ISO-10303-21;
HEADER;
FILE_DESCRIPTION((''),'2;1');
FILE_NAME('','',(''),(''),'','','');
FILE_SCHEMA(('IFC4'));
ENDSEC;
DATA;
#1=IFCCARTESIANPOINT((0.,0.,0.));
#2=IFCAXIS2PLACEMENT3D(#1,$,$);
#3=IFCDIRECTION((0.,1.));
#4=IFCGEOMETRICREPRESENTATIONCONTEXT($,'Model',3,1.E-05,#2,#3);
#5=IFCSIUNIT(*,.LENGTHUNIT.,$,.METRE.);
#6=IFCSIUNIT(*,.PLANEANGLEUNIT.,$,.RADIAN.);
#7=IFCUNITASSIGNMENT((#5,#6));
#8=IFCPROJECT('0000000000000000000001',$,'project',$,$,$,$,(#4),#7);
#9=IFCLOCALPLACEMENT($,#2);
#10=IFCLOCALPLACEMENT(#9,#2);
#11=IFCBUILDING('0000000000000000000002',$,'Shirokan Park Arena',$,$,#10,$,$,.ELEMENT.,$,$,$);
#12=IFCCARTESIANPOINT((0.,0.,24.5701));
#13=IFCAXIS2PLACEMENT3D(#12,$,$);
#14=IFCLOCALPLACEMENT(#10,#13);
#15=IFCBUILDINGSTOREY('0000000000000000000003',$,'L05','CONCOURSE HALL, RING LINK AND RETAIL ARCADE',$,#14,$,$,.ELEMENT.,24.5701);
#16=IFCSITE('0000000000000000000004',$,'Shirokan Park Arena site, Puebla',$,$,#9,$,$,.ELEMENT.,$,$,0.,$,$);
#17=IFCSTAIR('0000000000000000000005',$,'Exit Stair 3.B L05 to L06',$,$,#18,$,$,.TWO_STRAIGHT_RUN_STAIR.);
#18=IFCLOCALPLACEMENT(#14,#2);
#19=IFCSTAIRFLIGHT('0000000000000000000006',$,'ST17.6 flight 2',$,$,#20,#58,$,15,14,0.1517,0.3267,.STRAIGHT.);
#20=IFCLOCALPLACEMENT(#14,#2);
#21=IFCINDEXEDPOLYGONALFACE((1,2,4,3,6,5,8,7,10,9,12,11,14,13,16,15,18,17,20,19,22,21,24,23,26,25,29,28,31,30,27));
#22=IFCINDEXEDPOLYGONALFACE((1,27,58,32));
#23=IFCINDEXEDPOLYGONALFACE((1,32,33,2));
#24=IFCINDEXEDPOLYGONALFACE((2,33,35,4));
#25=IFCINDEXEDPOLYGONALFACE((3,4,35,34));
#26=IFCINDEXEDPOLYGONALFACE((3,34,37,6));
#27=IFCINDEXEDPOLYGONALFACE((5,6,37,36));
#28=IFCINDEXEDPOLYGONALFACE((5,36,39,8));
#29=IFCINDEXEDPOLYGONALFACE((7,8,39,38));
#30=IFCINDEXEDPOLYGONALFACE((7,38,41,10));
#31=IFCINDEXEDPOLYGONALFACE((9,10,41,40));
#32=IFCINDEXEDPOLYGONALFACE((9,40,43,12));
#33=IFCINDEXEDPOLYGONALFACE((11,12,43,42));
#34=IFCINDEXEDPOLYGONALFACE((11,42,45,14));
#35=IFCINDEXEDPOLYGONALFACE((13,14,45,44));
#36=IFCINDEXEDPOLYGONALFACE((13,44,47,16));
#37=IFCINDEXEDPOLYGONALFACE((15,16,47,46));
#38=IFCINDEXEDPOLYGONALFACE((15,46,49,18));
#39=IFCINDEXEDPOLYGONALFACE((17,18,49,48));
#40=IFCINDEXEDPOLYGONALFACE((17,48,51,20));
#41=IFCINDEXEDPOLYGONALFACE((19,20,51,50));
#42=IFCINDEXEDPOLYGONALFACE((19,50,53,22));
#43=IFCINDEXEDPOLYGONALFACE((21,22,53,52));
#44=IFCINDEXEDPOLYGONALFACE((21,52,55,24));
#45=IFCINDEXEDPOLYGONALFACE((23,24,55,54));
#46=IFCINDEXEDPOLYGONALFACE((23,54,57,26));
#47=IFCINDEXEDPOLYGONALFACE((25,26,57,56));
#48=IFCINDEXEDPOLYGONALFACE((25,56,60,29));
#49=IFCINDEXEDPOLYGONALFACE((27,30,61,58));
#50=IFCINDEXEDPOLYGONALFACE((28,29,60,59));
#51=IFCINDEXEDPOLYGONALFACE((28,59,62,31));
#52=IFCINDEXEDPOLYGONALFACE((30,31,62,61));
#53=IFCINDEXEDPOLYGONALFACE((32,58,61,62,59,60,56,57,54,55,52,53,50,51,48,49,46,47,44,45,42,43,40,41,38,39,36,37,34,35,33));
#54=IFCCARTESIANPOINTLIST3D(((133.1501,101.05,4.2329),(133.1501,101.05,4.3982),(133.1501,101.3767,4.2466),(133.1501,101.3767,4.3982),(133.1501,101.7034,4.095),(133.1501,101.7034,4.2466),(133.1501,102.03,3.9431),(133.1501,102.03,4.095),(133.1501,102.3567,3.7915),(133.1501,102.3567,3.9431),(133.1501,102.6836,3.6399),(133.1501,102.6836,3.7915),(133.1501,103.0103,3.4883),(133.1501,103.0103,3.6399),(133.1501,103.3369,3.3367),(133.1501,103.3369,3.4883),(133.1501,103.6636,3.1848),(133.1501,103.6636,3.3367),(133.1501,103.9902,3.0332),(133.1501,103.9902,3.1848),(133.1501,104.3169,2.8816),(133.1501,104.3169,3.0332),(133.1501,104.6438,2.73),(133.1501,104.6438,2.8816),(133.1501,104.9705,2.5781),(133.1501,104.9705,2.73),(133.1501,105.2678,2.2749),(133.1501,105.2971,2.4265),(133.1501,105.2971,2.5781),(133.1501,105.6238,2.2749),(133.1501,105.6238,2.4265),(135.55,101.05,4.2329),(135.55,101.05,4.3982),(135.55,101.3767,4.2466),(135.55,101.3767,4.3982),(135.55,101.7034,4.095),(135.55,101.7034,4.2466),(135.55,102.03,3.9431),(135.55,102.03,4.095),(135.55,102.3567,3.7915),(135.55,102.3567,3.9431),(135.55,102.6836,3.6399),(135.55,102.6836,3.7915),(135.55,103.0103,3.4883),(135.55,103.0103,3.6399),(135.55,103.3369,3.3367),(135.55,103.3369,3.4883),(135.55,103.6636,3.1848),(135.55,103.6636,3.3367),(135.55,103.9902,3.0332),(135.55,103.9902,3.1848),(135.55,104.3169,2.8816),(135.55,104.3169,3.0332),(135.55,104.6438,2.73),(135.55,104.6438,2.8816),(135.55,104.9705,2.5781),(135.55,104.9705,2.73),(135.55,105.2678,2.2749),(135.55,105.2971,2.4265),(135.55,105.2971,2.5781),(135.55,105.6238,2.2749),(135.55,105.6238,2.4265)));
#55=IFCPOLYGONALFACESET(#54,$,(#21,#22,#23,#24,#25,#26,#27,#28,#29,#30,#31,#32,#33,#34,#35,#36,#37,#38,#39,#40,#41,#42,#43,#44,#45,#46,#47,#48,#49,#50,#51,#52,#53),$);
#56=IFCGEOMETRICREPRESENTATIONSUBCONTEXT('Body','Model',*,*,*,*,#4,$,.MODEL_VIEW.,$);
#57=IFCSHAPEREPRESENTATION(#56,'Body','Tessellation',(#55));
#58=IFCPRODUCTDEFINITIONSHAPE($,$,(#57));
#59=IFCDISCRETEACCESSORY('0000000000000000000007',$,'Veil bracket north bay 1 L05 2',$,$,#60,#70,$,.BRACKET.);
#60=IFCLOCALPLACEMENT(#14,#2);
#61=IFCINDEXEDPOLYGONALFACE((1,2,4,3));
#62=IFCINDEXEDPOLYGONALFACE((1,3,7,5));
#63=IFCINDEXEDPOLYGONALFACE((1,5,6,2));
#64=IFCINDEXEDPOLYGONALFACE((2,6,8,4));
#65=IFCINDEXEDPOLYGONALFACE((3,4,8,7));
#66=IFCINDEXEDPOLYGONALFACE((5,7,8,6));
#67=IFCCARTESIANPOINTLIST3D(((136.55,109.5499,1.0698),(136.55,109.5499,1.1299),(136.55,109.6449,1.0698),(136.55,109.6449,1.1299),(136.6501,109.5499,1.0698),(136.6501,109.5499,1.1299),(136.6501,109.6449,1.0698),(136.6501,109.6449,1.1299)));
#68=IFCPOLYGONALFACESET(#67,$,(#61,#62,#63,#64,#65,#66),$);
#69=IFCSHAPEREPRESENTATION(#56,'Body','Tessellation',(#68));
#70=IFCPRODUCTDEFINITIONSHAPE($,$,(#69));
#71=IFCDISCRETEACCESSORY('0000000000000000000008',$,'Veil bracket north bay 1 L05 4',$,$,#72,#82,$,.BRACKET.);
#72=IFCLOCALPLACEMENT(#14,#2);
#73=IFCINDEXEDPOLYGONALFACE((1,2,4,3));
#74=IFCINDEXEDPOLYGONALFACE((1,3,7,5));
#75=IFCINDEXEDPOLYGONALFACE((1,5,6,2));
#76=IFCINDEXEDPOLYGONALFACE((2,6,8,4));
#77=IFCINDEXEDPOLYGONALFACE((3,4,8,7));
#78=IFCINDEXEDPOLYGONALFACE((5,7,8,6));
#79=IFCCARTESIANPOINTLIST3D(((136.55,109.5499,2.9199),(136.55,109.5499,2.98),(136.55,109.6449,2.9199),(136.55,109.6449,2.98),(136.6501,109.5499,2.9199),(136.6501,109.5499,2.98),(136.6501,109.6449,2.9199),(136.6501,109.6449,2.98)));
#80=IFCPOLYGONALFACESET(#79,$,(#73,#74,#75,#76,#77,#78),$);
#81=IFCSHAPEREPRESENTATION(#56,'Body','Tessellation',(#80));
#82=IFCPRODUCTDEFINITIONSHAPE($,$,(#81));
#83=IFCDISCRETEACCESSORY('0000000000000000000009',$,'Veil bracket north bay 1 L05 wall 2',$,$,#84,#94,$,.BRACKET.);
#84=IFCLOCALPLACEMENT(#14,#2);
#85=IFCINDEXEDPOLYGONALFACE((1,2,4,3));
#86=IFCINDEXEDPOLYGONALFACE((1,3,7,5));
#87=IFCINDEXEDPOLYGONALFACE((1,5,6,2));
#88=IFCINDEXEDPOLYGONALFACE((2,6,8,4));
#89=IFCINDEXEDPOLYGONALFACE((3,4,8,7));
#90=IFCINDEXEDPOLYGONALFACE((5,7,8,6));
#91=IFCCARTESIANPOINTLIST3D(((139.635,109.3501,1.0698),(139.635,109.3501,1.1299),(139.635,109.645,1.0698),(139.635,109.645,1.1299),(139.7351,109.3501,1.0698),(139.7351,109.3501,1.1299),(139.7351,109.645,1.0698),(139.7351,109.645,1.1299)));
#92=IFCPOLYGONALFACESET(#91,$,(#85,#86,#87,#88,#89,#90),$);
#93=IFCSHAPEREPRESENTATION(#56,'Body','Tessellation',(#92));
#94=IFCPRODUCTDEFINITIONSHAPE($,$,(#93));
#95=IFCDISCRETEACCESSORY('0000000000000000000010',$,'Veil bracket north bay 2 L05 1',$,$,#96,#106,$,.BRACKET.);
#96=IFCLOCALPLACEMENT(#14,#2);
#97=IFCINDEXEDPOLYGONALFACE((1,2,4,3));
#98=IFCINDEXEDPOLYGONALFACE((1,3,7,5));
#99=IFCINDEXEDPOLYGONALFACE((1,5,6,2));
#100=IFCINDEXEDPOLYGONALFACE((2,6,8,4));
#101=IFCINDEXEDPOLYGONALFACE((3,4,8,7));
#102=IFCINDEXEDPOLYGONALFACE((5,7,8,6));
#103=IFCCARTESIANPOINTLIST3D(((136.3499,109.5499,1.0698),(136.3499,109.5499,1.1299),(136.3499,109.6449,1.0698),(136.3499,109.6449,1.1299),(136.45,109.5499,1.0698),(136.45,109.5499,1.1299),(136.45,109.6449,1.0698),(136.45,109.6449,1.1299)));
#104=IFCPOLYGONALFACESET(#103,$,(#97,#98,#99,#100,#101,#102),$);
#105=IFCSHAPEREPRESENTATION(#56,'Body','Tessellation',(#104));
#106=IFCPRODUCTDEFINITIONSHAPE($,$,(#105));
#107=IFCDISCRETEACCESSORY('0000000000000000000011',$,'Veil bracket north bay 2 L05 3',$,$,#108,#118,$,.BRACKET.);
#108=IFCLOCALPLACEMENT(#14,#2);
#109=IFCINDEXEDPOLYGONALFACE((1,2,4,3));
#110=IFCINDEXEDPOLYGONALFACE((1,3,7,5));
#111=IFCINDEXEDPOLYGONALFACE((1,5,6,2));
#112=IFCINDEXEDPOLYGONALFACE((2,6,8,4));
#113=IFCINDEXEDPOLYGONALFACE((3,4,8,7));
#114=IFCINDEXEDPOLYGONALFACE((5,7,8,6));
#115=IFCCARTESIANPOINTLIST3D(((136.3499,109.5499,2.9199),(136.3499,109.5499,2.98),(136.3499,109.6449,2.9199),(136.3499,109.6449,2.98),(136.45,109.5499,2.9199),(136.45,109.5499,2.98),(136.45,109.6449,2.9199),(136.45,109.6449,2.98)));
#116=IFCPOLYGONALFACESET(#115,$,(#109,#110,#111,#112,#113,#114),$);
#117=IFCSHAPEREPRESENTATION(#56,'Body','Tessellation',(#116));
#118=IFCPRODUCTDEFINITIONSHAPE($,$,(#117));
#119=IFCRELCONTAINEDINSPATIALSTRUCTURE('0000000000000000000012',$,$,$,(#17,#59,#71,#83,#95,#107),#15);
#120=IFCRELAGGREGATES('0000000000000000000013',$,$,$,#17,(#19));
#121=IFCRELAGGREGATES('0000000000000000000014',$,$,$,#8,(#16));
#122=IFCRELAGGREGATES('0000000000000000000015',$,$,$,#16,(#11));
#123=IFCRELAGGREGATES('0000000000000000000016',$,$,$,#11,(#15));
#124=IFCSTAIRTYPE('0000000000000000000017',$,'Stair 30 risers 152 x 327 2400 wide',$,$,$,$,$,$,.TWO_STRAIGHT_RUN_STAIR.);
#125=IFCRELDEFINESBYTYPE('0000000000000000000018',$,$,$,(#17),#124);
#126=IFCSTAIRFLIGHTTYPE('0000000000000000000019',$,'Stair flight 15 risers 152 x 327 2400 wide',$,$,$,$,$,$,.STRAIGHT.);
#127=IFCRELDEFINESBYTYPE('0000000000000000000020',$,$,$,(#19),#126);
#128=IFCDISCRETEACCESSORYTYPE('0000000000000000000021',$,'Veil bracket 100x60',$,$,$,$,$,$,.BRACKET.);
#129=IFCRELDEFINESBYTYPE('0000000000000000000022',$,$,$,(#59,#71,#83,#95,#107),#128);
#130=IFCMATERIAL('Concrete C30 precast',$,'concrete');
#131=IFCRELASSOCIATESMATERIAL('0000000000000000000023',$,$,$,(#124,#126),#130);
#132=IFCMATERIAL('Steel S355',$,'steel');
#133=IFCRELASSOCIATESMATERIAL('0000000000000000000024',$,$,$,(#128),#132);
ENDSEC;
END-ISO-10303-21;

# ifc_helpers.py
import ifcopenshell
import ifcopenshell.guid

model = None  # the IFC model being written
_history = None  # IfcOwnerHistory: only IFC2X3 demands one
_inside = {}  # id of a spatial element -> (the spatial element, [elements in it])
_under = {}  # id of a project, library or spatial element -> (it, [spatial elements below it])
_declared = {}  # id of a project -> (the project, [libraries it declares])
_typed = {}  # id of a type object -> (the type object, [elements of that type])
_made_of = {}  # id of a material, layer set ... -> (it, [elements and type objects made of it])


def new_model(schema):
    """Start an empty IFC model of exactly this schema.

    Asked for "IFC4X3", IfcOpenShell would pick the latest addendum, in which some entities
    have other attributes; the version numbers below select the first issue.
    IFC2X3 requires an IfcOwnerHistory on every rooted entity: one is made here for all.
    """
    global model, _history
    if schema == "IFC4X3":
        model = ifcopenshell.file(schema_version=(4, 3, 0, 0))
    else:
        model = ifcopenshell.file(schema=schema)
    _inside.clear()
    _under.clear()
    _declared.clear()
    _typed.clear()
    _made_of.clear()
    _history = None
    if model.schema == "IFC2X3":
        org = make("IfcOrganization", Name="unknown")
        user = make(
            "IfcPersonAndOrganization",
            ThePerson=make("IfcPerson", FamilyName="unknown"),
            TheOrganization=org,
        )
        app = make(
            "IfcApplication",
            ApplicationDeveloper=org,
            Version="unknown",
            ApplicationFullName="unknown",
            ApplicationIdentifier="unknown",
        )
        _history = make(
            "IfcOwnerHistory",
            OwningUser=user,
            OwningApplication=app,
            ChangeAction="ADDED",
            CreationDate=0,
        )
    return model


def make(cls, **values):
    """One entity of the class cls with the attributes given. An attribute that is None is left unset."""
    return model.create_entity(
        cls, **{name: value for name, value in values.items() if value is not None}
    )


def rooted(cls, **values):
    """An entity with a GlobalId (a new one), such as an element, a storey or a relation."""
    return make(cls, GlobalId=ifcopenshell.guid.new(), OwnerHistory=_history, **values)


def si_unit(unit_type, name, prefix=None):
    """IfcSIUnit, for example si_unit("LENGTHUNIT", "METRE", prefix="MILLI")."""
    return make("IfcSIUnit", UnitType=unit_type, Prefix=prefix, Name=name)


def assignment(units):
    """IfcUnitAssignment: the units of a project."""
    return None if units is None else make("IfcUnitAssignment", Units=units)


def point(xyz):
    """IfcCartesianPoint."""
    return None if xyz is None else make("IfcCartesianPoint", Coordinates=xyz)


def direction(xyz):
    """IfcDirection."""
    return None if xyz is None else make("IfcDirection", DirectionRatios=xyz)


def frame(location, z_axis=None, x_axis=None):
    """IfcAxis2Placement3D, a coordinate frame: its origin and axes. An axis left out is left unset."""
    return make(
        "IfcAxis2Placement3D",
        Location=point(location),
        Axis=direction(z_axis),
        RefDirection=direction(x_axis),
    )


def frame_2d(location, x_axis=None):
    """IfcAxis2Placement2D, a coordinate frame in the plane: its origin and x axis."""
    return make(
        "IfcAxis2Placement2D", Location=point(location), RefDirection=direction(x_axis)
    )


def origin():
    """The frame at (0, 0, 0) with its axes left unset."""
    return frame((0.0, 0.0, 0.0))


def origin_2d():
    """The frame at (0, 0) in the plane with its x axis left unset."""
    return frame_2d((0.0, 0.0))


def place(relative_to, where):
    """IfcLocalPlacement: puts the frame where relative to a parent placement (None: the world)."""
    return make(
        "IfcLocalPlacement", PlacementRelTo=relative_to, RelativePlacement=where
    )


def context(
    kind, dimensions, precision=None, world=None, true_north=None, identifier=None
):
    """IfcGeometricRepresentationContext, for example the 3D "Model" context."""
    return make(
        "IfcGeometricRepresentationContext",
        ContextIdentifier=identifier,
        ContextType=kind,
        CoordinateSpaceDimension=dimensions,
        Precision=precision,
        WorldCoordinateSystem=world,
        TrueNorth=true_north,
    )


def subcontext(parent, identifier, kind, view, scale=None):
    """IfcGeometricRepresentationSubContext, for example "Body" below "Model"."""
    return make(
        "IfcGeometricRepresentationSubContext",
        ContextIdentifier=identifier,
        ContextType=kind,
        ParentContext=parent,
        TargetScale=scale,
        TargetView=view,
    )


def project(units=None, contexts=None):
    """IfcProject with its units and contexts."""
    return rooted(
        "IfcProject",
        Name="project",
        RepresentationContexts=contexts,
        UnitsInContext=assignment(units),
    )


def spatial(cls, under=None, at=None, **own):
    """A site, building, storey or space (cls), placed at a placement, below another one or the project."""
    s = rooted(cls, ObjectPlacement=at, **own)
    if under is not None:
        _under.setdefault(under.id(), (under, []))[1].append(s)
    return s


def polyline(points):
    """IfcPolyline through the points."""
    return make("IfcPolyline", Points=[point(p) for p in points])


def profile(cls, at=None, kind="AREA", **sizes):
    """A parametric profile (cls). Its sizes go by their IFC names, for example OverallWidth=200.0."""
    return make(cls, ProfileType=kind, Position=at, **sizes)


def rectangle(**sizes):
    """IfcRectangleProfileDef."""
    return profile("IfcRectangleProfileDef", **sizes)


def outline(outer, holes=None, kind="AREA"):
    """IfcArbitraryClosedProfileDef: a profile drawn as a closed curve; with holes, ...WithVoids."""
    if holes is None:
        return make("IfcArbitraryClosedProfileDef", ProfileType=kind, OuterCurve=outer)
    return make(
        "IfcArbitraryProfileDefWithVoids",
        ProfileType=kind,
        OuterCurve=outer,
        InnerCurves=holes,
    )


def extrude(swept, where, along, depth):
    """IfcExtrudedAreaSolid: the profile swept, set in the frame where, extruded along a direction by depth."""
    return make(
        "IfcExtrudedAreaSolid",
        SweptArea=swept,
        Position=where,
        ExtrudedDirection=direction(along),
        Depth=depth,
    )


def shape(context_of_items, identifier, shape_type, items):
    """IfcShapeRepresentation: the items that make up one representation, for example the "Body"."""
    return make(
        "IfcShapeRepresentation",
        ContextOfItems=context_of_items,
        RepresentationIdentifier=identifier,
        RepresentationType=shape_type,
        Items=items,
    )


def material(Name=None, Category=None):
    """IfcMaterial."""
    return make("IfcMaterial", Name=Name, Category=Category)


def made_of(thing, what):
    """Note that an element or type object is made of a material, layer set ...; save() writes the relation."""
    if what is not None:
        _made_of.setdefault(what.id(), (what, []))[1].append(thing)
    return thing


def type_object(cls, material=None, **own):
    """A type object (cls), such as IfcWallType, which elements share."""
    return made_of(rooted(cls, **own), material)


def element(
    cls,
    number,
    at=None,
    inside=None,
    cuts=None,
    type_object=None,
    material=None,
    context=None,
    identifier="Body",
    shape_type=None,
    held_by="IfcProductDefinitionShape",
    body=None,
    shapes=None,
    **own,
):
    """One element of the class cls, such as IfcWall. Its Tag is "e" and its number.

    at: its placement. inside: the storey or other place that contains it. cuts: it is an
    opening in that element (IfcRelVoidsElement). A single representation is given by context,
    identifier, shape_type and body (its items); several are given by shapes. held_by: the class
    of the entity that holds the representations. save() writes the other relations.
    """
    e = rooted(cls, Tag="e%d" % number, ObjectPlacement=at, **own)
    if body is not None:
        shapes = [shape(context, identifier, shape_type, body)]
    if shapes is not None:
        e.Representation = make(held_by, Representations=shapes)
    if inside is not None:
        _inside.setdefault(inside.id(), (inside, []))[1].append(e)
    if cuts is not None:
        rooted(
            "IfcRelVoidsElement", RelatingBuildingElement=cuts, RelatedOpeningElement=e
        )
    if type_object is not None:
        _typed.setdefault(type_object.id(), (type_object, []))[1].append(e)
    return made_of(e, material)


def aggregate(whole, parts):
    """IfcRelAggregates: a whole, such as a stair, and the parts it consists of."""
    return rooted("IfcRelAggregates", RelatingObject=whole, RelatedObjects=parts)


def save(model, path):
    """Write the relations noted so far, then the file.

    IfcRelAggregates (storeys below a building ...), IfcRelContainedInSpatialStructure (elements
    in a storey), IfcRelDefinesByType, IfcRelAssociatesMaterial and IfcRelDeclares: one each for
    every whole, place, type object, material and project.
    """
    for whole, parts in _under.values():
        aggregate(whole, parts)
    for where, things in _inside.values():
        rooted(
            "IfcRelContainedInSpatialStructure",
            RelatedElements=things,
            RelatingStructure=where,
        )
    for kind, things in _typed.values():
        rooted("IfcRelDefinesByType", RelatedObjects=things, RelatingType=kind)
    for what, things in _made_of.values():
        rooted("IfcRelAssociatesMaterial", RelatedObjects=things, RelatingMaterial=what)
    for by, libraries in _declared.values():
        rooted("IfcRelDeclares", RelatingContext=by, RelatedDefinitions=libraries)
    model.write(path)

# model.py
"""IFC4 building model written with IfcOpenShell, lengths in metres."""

from ifc_helpers import new_model, si_unit, direction, frame, origin, origin_2d, place, context, subcontext, project, spatial, polyline, rectangle, outline, extrude, material, type_object, element, aggregate, save


model = new_model("IFC4")

# Units and contexts
model_context = context("Model", 3, precision=1e-05, world=origin(), true_north=direction((0.0, 1.0)))
body_context = subcontext(model_context, "Body", "Model", "MODEL_VIEW")
ifc_project = project(units=[si_unit("LENGTHUNIT", "METRE"), si_unit("PLANEANGLEUNIT", "RADIAN")], contexts=[model_context])

# Site, building, storey
site_placement = place(None, origin())
site = spatial("IfcSite", under=ifc_project, at=site_placement, Name="Shirokan Park Arena site, Puebla", CompositionType="ELEMENT", RefElevation=0.0)
building_placement = place(site_placement, origin())
building = spatial("IfcBuilding", under=site, at=building_placement, Name="Shirokan Park Arena", CompositionType="ELEMENT")
storey_placement = place(building_placement, frame((0.0, 0.0, 24.5701)))
storey = spatial("IfcBuildingStorey", under=building, at=storey_placement, Name="L05", Description="CONCOURSE HALL, RING LINK AND RETAIL ARCADE", CompositionType="ELEMENT", Elevation=24.5701)

# Stair, stair flight
ifc_material_1 = material(Name="Concrete C30 precast", Category="concrete")
stair_type = type_object("IfcStairType", Name="Stair 30 risers 152 x 327 2400 wide", PredefinedType="TWO_STRAIGHT_RUN_STAIR", material=ifc_material_1)
stair_placement = place(storey_placement, origin())
stair = element("IfcStair", 1, at=stair_placement, inside=storey, type_object=stair_type, Name="Exit Stair 3.B L05 to L06", PredefinedType="TWO_STRAIGHT_RUN_STAIR")
stair_flight_type = type_object("IfcStairFlightType", Name="Stair flight 15 risers 152 x 327 2400 wide", PredefinedType="STRAIGHT", material=ifc_material_1)
stair_flight_placement = place(storey_placement, frame((134.3501, 105.6238, 2.2749), z_axis=(0.0, 0.0, 1.0), x_axis=(0.0, -1.0, 0.0)))
stair_flight = element("IfcStairFlight", 2, at=stair_flight_placement, type_object=stair_flight_type, Name="ST17.6 flight 2", NumberOfRisers=15, NumberOfTreads=14, PredefinedType="STRAIGHT", RiserHeight=0.1517, TreadLength=0.3267, context=body_context, shape_type="SweptSolid", body=[
    extrude(outline(polyline([(0.0, 0.0), (0.0, 0.1516), (0.3267, 0.1516), (0.3267, 0.3032), (0.6533, 0.3032), (0.6533, 0.4551), (0.98, 0.4551), (0.98, 0.6067), (1.3069, 0.6067), (1.3069, 0.7583), (1.6335, 0.7583), (1.6335, 0.9099), (1.9602, 0.9099), (1.9602, 1.0618), (2.2869, 1.0618), (2.2869, 1.2134), (2.6135, 1.2134), (2.6135, 1.365), (2.9402, 1.365), (2.9402, 1.5166), (3.2671, 1.5166), (3.2671, 1.6682), (3.5938, 1.6682), (3.5938, 1.8201), (3.9204, 1.8201), (3.9204, 1.9717), (4.2471, 1.9717), (4.2471, 2.1233), (4.5737, 2.1233), (4.5737, 2.2749), (4.5737, 1.958), (0.356, 0.0), (0.0, 0.0)])), frame((0.0, 1.2, 0.0), z_axis=(0.0, -1.0, 0.0), x_axis=(1.0, 0.0, 0.0)), (0.0, 0.0, 1.0), 2.3999),
])
aggregate(stair, [stair_flight])

# Discrete accessories
ifc_material_2 = material(Name="Steel S355", Category="steel")
discrete_accessory_type = type_object("IfcDiscreteAccessoryType", Name="Veil bracket 100x60", PredefinedType="BRACKET", material=ifc_material_2)
for number, where, z_axis, x_axis, name in (
    (3, (136.6001, 109.5974, 1.0698), (0.0, 0.0, 1.0), (-1.0, 0.0, 0.0), "Veil bracket north bay 1 L05 2"),
    (4, (136.6001, 109.5974, 2.9199), (0.0, 0.0, 1.0), (-1.0, 0.0, 0.0), "Veil bracket north bay 1 L05 4"),
):
    element("IfcDiscreteAccessory", number, at=place(storey_placement, frame(where, z_axis=z_axis, x_axis=x_axis)), inside=storey, type_object=discrete_accessory_type, Name=name, PredefinedType="BRACKET", context=body_context, shape_type="SweptSolid", body=[
        extrude(rectangle(XDim=0.1001, YDim=0.095, at=origin_2d()), origin(), (0.0, 0.0, 1.0), 0.0601),
    ])
discrete_accessory_placement = place(storey_placement, frame((139.6851, 109.4976, 1.0698), z_axis=(0.0, 0.0, 1.0), x_axis=(-1.0, 0.0, 0.0)))
element("IfcDiscreteAccessory", 5, at=discrete_accessory_placement, inside=storey, type_object=discrete_accessory_type, Name="Veil bracket north bay 1 L05 wall 2", PredefinedType="BRACKET", context=body_context, shape_type="SweptSolid", body=[
    extrude(rectangle(XDim=0.1001, YDim=0.2949, at=origin_2d()), origin(), (0.0, 0.0, 1.0), 0.0601),
])
for number, where, z_axis, x_axis, name in (
    (6, (136.3999, 109.5974, 1.0698), (0.0, 0.0, 1.0), (-1.0, 0.0, 0.0), "Veil bracket north bay 2 L05 1"),
    (7, (136.3999, 109.5974, 2.9199), (0.0, 0.0, 1.0), (-1.0, 0.0, 0.0), "Veil bracket north bay 2 L05 3"),
):
    element("IfcDiscreteAccessory", number, at=place(storey_placement, frame(where, z_axis=z_axis, x_axis=x_axis)), inside=storey, type_object=discrete_accessory_type, Name=name, PredefinedType="BRACKET", context=body_context, shape_type="SweptSolid", body=[
        extrude(rectangle(XDim=0.1001, YDim=0.095, at=origin_2d()), origin(), (0.0, 0.0, 1.0), 0.0601),
    ])

save(model, "model.ifc")
